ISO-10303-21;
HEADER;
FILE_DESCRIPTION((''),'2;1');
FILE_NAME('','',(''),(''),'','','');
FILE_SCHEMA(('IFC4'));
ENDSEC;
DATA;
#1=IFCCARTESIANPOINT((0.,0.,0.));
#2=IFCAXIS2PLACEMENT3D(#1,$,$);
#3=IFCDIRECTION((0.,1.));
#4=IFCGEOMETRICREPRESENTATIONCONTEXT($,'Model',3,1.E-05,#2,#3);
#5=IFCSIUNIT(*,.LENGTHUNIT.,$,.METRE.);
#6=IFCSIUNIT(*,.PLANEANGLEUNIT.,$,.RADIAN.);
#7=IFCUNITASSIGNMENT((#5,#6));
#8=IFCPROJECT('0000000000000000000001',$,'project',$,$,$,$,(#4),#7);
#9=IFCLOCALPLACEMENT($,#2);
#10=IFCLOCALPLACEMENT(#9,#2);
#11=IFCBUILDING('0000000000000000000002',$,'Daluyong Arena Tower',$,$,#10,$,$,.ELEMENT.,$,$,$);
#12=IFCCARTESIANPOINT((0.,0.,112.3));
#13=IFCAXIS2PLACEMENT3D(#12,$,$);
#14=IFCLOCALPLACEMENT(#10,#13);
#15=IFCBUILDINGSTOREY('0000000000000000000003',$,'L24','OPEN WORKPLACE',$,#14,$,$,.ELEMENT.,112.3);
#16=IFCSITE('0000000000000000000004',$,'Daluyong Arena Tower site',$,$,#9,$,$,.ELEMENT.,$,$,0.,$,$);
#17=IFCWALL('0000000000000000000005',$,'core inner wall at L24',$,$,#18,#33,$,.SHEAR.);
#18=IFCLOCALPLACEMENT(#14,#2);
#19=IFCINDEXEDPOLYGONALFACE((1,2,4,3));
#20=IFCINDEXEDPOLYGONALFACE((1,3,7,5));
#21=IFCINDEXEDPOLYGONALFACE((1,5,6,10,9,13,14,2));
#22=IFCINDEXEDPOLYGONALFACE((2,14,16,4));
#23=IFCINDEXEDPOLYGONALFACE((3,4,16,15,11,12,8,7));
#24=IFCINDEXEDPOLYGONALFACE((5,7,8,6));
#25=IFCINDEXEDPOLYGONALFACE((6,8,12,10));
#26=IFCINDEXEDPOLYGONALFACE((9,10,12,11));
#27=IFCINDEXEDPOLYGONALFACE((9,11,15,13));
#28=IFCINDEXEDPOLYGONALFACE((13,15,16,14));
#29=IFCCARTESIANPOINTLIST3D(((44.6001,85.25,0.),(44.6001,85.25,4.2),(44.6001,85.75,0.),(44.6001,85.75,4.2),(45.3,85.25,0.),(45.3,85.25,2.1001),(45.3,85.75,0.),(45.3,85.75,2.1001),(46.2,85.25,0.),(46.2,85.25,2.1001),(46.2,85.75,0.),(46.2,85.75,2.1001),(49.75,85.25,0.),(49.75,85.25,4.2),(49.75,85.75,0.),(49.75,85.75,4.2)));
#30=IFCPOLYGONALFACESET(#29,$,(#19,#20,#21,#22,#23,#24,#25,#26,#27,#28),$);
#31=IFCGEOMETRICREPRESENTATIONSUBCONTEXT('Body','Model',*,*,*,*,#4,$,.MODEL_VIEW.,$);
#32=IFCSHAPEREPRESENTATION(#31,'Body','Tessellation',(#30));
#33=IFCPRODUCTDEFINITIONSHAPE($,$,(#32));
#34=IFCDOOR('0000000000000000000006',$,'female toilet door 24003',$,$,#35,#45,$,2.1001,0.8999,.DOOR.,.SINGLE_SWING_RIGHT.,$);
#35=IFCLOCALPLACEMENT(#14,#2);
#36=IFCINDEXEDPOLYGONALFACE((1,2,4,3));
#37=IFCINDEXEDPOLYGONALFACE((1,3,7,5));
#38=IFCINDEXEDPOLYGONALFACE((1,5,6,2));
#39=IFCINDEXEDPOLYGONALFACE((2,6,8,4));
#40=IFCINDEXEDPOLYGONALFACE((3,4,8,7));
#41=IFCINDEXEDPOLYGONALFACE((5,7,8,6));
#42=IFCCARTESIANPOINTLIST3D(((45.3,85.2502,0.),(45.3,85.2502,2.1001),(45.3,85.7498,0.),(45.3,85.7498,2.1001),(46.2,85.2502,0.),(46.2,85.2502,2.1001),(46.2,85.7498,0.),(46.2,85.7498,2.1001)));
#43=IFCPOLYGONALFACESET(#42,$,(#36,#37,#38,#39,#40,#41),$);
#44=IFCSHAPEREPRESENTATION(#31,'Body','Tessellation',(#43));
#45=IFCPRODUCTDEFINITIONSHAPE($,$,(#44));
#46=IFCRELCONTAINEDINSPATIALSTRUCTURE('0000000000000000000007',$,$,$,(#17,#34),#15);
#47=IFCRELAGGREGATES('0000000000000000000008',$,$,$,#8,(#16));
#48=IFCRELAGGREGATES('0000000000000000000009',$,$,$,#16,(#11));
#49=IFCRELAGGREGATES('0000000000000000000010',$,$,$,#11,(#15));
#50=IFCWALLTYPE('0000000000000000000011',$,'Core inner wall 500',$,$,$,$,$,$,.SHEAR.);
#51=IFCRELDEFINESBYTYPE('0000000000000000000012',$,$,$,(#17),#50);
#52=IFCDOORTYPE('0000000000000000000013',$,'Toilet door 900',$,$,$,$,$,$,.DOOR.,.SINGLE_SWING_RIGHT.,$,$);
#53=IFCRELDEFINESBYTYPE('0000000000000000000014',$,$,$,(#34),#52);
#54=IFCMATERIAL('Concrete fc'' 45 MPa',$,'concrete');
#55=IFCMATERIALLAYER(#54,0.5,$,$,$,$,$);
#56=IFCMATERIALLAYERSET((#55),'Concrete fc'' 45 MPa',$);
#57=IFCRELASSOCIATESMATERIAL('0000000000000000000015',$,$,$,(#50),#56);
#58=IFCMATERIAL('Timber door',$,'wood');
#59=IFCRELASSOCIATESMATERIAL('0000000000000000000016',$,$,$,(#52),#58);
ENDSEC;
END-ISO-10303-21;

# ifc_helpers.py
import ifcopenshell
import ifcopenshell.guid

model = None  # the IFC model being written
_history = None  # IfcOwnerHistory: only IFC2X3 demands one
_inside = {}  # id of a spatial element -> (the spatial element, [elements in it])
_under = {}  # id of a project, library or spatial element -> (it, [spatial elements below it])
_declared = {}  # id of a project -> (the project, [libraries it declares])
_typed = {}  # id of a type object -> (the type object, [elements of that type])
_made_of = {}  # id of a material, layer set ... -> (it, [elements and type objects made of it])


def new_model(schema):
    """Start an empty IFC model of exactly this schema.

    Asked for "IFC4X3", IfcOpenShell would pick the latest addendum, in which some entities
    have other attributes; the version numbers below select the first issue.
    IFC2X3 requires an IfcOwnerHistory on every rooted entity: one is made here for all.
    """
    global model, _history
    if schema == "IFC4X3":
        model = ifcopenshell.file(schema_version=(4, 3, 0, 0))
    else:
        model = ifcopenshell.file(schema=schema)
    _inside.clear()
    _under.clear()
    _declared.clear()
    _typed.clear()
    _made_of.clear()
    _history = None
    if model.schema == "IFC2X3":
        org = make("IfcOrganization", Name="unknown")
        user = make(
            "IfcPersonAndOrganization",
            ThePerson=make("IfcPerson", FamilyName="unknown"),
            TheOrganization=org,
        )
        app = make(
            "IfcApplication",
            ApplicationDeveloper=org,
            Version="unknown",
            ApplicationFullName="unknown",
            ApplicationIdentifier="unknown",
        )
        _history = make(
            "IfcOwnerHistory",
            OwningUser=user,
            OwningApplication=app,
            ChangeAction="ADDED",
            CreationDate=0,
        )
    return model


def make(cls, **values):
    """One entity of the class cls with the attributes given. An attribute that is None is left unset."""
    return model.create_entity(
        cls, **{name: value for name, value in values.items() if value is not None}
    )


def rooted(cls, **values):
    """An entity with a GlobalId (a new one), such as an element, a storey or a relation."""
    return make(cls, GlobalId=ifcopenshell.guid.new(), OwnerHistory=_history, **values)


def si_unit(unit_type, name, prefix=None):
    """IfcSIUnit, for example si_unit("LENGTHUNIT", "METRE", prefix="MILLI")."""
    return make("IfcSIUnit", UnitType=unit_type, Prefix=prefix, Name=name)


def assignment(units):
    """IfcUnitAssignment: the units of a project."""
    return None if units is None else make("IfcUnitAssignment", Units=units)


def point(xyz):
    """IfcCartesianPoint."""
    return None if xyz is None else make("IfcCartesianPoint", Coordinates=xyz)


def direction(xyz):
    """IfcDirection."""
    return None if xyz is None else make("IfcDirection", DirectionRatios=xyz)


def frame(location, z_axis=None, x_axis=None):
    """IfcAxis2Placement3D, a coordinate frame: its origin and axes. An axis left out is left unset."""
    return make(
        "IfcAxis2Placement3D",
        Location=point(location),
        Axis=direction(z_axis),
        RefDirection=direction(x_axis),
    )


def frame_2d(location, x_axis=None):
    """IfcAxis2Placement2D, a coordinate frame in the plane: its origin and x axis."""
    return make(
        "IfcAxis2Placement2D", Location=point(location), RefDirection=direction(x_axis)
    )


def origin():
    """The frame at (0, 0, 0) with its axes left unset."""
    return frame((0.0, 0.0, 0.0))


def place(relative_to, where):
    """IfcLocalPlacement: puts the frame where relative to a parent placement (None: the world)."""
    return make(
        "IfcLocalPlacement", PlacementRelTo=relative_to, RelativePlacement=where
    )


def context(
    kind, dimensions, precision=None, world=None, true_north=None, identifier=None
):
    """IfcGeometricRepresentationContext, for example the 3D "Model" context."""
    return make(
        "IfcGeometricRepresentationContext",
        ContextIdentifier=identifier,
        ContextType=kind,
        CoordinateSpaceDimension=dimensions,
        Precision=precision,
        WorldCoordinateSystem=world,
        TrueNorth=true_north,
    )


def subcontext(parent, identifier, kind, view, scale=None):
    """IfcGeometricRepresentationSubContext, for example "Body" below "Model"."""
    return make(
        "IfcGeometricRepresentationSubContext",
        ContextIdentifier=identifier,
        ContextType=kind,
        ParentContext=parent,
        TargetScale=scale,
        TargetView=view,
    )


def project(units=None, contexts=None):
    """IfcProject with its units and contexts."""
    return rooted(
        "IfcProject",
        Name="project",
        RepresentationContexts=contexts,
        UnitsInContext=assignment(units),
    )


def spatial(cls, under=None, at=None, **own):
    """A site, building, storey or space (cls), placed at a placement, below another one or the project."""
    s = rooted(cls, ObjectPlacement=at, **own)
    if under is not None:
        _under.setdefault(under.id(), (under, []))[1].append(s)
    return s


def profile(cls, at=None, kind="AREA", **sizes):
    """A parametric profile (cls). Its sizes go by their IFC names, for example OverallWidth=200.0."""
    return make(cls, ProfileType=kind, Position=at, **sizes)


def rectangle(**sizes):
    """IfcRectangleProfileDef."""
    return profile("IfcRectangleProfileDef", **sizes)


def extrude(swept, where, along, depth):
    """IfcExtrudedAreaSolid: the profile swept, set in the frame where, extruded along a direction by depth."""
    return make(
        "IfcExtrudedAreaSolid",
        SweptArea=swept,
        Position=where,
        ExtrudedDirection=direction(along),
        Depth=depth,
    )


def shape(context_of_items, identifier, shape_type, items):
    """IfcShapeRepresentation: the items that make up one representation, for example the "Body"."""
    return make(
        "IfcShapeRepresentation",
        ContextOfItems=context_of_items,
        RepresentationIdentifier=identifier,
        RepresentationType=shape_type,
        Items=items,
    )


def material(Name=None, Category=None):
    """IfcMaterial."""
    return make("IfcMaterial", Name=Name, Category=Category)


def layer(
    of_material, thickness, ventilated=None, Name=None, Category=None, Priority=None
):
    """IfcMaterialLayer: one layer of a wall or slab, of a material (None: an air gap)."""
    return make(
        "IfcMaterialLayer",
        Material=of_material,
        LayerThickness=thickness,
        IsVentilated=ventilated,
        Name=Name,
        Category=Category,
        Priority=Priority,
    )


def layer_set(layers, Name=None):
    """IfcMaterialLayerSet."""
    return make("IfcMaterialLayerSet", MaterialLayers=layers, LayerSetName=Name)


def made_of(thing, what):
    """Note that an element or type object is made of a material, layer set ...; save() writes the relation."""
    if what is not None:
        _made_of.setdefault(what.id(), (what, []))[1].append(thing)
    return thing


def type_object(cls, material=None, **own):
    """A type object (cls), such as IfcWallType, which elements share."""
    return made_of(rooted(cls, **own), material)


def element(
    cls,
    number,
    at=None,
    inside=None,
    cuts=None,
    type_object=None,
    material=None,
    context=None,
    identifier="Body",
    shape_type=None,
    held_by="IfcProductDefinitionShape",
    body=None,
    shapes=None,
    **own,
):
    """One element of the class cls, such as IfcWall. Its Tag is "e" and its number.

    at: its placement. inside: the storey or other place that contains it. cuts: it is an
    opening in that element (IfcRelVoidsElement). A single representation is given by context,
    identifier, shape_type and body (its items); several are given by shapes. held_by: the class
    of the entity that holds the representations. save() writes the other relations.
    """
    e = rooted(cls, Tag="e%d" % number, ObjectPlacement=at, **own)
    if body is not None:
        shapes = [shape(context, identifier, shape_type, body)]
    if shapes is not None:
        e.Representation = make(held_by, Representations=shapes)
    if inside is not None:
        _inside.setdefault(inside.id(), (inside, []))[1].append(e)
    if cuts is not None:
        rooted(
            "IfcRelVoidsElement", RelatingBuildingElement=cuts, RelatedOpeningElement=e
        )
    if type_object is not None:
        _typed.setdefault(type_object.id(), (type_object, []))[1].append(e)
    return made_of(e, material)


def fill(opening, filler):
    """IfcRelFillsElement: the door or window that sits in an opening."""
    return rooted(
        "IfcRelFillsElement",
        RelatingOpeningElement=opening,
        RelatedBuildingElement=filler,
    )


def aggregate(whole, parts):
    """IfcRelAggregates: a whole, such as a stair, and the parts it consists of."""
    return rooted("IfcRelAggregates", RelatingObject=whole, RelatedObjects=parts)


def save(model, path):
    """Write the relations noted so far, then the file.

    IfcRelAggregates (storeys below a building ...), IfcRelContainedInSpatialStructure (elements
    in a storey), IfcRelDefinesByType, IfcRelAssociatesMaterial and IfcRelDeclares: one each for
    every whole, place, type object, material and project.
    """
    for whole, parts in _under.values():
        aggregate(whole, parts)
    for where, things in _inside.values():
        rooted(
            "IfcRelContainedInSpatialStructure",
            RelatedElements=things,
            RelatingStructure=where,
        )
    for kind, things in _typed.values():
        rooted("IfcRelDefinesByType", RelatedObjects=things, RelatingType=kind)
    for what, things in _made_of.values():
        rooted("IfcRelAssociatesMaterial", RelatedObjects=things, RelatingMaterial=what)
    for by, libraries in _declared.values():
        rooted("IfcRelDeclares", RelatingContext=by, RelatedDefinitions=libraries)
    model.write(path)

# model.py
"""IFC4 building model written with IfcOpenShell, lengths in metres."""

from ifc_helpers import new_model, si_unit, direction, frame, frame_2d, origin, place, context, subcontext, project, spatial, rectangle, extrude, material, layer, layer_set, type_object, element, fill, save


model = new_model("IFC4")

# Units and contexts
model_context = context("Model", 3, precision=1e-05, world=origin(), true_north=direction((0.0, 1.0)))
body_context = subcontext(model_context, "Body", "Model", "MODEL_VIEW")
ifc_project = project(units=[si_unit("LENGTHUNIT", "METRE"), si_unit("PLANEANGLEUNIT", "RADIAN")], contexts=[model_context])

# Site, building, storey
site_placement = place(None, origin())
site = spatial("IfcSite", under=ifc_project, at=site_placement, Name="Daluyong Arena Tower site", CompositionType="ELEMENT", RefElevation=0.0)
building_placement = place(site_placement, origin())
building = spatial("IfcBuilding", under=site, at=building_placement, Name="Daluyong Arena Tower", CompositionType="ELEMENT")
storey_placement = place(building_placement, frame((0.0, 0.0, 112.3)))
storey = spatial("IfcBuildingStorey", under=building, at=storey_placement, Name="L24", Description="OPEN WORKPLACE", CompositionType="ELEMENT", Elevation=112.3)

# Wall, opening, door
ifc_material_1 = material(Name="Concrete fc' 45 MPa", Category="concrete")
ifc_layer = layer(ifc_material_1, 0.5)
ifc_layer_set = layer_set([ifc_layer], Name="Concrete fc' 45 MPa")
wall_type = type_object("IfcWallType", Name="Core inner wall 500", PredefinedType="SHEAR", material=ifc_layer_set)
wall_1_placement = place(storey_placement, frame((44.6001, 85.5, 0.0), z_axis=(0.0, 0.0, 1.0), x_axis=(1.0, 0.0, 0.0)))
wall_1 = element("IfcWall", 1, at=wall_1_placement, inside=storey, type_object=wall_type, Name="core inner wall at L24", PredefinedType="SHEAR", context=body_context, shape_type="SweptSolid", body=[
    extrude(rectangle(XDim=5.1499, YDim=0.5, at=frame_2d((2.575, 0.0))), origin(), (0.0, 0.0, 1.0), 4.2),
])
opening_1_placement = place(wall_1_placement, frame((0.7, 0.0, 0.0)))
opening_1 = element("IfcOpeningElement", 2, at=opening_1_placement, cuts=wall_1, PredefinedType="OPENING", context=body_context, shape_type="SweptSolid", body=[
    extrude(rectangle(XDim=0.8999, YDim=2.1001, at=frame_2d((0.45, 1.05))), frame((0.0, 0.26, 0.0), z_axis=(0.0, -1.0, 0.0), x_axis=(1.0, 0.0, 0.0)), (0.0, 0.0, 1.0), 0.52),
])
ifc_material_2 = material(Name="Timber door", Category="wood")
door_type_1 = type_object("IfcDoorType", Name="Toilet door 900", OperationType="SINGLE_SWING_RIGHT", PredefinedType="DOOR", material=ifc_material_2)
door_1_placement = place(opening_1_placement, origin())
door_1 = element("IfcDoor", 3, at=door_1_placement, inside=storey, type_object=door_type_1, Name="female toilet door 24003", OperationType="SINGLE_SWING_RIGHT", OverallHeight=2.1001, OverallWidth=0.8999, PredefinedType="DOOR", context=body_context, shape_type="SweptSolid", body=[
    extrude(rectangle(XDim=0.8999, YDim=2.1001, at=frame_2d((0.45, 1.05))), frame((0.0, 0.2498, 0.0), z_axis=(0.0, -1.0, 0.0), x_axis=(1.0, 0.0, 0.0)), (0.0, 0.0, 1.0), 0.4995),
])
fill(opening_1, door_1)

save(model, "model.ifc")
